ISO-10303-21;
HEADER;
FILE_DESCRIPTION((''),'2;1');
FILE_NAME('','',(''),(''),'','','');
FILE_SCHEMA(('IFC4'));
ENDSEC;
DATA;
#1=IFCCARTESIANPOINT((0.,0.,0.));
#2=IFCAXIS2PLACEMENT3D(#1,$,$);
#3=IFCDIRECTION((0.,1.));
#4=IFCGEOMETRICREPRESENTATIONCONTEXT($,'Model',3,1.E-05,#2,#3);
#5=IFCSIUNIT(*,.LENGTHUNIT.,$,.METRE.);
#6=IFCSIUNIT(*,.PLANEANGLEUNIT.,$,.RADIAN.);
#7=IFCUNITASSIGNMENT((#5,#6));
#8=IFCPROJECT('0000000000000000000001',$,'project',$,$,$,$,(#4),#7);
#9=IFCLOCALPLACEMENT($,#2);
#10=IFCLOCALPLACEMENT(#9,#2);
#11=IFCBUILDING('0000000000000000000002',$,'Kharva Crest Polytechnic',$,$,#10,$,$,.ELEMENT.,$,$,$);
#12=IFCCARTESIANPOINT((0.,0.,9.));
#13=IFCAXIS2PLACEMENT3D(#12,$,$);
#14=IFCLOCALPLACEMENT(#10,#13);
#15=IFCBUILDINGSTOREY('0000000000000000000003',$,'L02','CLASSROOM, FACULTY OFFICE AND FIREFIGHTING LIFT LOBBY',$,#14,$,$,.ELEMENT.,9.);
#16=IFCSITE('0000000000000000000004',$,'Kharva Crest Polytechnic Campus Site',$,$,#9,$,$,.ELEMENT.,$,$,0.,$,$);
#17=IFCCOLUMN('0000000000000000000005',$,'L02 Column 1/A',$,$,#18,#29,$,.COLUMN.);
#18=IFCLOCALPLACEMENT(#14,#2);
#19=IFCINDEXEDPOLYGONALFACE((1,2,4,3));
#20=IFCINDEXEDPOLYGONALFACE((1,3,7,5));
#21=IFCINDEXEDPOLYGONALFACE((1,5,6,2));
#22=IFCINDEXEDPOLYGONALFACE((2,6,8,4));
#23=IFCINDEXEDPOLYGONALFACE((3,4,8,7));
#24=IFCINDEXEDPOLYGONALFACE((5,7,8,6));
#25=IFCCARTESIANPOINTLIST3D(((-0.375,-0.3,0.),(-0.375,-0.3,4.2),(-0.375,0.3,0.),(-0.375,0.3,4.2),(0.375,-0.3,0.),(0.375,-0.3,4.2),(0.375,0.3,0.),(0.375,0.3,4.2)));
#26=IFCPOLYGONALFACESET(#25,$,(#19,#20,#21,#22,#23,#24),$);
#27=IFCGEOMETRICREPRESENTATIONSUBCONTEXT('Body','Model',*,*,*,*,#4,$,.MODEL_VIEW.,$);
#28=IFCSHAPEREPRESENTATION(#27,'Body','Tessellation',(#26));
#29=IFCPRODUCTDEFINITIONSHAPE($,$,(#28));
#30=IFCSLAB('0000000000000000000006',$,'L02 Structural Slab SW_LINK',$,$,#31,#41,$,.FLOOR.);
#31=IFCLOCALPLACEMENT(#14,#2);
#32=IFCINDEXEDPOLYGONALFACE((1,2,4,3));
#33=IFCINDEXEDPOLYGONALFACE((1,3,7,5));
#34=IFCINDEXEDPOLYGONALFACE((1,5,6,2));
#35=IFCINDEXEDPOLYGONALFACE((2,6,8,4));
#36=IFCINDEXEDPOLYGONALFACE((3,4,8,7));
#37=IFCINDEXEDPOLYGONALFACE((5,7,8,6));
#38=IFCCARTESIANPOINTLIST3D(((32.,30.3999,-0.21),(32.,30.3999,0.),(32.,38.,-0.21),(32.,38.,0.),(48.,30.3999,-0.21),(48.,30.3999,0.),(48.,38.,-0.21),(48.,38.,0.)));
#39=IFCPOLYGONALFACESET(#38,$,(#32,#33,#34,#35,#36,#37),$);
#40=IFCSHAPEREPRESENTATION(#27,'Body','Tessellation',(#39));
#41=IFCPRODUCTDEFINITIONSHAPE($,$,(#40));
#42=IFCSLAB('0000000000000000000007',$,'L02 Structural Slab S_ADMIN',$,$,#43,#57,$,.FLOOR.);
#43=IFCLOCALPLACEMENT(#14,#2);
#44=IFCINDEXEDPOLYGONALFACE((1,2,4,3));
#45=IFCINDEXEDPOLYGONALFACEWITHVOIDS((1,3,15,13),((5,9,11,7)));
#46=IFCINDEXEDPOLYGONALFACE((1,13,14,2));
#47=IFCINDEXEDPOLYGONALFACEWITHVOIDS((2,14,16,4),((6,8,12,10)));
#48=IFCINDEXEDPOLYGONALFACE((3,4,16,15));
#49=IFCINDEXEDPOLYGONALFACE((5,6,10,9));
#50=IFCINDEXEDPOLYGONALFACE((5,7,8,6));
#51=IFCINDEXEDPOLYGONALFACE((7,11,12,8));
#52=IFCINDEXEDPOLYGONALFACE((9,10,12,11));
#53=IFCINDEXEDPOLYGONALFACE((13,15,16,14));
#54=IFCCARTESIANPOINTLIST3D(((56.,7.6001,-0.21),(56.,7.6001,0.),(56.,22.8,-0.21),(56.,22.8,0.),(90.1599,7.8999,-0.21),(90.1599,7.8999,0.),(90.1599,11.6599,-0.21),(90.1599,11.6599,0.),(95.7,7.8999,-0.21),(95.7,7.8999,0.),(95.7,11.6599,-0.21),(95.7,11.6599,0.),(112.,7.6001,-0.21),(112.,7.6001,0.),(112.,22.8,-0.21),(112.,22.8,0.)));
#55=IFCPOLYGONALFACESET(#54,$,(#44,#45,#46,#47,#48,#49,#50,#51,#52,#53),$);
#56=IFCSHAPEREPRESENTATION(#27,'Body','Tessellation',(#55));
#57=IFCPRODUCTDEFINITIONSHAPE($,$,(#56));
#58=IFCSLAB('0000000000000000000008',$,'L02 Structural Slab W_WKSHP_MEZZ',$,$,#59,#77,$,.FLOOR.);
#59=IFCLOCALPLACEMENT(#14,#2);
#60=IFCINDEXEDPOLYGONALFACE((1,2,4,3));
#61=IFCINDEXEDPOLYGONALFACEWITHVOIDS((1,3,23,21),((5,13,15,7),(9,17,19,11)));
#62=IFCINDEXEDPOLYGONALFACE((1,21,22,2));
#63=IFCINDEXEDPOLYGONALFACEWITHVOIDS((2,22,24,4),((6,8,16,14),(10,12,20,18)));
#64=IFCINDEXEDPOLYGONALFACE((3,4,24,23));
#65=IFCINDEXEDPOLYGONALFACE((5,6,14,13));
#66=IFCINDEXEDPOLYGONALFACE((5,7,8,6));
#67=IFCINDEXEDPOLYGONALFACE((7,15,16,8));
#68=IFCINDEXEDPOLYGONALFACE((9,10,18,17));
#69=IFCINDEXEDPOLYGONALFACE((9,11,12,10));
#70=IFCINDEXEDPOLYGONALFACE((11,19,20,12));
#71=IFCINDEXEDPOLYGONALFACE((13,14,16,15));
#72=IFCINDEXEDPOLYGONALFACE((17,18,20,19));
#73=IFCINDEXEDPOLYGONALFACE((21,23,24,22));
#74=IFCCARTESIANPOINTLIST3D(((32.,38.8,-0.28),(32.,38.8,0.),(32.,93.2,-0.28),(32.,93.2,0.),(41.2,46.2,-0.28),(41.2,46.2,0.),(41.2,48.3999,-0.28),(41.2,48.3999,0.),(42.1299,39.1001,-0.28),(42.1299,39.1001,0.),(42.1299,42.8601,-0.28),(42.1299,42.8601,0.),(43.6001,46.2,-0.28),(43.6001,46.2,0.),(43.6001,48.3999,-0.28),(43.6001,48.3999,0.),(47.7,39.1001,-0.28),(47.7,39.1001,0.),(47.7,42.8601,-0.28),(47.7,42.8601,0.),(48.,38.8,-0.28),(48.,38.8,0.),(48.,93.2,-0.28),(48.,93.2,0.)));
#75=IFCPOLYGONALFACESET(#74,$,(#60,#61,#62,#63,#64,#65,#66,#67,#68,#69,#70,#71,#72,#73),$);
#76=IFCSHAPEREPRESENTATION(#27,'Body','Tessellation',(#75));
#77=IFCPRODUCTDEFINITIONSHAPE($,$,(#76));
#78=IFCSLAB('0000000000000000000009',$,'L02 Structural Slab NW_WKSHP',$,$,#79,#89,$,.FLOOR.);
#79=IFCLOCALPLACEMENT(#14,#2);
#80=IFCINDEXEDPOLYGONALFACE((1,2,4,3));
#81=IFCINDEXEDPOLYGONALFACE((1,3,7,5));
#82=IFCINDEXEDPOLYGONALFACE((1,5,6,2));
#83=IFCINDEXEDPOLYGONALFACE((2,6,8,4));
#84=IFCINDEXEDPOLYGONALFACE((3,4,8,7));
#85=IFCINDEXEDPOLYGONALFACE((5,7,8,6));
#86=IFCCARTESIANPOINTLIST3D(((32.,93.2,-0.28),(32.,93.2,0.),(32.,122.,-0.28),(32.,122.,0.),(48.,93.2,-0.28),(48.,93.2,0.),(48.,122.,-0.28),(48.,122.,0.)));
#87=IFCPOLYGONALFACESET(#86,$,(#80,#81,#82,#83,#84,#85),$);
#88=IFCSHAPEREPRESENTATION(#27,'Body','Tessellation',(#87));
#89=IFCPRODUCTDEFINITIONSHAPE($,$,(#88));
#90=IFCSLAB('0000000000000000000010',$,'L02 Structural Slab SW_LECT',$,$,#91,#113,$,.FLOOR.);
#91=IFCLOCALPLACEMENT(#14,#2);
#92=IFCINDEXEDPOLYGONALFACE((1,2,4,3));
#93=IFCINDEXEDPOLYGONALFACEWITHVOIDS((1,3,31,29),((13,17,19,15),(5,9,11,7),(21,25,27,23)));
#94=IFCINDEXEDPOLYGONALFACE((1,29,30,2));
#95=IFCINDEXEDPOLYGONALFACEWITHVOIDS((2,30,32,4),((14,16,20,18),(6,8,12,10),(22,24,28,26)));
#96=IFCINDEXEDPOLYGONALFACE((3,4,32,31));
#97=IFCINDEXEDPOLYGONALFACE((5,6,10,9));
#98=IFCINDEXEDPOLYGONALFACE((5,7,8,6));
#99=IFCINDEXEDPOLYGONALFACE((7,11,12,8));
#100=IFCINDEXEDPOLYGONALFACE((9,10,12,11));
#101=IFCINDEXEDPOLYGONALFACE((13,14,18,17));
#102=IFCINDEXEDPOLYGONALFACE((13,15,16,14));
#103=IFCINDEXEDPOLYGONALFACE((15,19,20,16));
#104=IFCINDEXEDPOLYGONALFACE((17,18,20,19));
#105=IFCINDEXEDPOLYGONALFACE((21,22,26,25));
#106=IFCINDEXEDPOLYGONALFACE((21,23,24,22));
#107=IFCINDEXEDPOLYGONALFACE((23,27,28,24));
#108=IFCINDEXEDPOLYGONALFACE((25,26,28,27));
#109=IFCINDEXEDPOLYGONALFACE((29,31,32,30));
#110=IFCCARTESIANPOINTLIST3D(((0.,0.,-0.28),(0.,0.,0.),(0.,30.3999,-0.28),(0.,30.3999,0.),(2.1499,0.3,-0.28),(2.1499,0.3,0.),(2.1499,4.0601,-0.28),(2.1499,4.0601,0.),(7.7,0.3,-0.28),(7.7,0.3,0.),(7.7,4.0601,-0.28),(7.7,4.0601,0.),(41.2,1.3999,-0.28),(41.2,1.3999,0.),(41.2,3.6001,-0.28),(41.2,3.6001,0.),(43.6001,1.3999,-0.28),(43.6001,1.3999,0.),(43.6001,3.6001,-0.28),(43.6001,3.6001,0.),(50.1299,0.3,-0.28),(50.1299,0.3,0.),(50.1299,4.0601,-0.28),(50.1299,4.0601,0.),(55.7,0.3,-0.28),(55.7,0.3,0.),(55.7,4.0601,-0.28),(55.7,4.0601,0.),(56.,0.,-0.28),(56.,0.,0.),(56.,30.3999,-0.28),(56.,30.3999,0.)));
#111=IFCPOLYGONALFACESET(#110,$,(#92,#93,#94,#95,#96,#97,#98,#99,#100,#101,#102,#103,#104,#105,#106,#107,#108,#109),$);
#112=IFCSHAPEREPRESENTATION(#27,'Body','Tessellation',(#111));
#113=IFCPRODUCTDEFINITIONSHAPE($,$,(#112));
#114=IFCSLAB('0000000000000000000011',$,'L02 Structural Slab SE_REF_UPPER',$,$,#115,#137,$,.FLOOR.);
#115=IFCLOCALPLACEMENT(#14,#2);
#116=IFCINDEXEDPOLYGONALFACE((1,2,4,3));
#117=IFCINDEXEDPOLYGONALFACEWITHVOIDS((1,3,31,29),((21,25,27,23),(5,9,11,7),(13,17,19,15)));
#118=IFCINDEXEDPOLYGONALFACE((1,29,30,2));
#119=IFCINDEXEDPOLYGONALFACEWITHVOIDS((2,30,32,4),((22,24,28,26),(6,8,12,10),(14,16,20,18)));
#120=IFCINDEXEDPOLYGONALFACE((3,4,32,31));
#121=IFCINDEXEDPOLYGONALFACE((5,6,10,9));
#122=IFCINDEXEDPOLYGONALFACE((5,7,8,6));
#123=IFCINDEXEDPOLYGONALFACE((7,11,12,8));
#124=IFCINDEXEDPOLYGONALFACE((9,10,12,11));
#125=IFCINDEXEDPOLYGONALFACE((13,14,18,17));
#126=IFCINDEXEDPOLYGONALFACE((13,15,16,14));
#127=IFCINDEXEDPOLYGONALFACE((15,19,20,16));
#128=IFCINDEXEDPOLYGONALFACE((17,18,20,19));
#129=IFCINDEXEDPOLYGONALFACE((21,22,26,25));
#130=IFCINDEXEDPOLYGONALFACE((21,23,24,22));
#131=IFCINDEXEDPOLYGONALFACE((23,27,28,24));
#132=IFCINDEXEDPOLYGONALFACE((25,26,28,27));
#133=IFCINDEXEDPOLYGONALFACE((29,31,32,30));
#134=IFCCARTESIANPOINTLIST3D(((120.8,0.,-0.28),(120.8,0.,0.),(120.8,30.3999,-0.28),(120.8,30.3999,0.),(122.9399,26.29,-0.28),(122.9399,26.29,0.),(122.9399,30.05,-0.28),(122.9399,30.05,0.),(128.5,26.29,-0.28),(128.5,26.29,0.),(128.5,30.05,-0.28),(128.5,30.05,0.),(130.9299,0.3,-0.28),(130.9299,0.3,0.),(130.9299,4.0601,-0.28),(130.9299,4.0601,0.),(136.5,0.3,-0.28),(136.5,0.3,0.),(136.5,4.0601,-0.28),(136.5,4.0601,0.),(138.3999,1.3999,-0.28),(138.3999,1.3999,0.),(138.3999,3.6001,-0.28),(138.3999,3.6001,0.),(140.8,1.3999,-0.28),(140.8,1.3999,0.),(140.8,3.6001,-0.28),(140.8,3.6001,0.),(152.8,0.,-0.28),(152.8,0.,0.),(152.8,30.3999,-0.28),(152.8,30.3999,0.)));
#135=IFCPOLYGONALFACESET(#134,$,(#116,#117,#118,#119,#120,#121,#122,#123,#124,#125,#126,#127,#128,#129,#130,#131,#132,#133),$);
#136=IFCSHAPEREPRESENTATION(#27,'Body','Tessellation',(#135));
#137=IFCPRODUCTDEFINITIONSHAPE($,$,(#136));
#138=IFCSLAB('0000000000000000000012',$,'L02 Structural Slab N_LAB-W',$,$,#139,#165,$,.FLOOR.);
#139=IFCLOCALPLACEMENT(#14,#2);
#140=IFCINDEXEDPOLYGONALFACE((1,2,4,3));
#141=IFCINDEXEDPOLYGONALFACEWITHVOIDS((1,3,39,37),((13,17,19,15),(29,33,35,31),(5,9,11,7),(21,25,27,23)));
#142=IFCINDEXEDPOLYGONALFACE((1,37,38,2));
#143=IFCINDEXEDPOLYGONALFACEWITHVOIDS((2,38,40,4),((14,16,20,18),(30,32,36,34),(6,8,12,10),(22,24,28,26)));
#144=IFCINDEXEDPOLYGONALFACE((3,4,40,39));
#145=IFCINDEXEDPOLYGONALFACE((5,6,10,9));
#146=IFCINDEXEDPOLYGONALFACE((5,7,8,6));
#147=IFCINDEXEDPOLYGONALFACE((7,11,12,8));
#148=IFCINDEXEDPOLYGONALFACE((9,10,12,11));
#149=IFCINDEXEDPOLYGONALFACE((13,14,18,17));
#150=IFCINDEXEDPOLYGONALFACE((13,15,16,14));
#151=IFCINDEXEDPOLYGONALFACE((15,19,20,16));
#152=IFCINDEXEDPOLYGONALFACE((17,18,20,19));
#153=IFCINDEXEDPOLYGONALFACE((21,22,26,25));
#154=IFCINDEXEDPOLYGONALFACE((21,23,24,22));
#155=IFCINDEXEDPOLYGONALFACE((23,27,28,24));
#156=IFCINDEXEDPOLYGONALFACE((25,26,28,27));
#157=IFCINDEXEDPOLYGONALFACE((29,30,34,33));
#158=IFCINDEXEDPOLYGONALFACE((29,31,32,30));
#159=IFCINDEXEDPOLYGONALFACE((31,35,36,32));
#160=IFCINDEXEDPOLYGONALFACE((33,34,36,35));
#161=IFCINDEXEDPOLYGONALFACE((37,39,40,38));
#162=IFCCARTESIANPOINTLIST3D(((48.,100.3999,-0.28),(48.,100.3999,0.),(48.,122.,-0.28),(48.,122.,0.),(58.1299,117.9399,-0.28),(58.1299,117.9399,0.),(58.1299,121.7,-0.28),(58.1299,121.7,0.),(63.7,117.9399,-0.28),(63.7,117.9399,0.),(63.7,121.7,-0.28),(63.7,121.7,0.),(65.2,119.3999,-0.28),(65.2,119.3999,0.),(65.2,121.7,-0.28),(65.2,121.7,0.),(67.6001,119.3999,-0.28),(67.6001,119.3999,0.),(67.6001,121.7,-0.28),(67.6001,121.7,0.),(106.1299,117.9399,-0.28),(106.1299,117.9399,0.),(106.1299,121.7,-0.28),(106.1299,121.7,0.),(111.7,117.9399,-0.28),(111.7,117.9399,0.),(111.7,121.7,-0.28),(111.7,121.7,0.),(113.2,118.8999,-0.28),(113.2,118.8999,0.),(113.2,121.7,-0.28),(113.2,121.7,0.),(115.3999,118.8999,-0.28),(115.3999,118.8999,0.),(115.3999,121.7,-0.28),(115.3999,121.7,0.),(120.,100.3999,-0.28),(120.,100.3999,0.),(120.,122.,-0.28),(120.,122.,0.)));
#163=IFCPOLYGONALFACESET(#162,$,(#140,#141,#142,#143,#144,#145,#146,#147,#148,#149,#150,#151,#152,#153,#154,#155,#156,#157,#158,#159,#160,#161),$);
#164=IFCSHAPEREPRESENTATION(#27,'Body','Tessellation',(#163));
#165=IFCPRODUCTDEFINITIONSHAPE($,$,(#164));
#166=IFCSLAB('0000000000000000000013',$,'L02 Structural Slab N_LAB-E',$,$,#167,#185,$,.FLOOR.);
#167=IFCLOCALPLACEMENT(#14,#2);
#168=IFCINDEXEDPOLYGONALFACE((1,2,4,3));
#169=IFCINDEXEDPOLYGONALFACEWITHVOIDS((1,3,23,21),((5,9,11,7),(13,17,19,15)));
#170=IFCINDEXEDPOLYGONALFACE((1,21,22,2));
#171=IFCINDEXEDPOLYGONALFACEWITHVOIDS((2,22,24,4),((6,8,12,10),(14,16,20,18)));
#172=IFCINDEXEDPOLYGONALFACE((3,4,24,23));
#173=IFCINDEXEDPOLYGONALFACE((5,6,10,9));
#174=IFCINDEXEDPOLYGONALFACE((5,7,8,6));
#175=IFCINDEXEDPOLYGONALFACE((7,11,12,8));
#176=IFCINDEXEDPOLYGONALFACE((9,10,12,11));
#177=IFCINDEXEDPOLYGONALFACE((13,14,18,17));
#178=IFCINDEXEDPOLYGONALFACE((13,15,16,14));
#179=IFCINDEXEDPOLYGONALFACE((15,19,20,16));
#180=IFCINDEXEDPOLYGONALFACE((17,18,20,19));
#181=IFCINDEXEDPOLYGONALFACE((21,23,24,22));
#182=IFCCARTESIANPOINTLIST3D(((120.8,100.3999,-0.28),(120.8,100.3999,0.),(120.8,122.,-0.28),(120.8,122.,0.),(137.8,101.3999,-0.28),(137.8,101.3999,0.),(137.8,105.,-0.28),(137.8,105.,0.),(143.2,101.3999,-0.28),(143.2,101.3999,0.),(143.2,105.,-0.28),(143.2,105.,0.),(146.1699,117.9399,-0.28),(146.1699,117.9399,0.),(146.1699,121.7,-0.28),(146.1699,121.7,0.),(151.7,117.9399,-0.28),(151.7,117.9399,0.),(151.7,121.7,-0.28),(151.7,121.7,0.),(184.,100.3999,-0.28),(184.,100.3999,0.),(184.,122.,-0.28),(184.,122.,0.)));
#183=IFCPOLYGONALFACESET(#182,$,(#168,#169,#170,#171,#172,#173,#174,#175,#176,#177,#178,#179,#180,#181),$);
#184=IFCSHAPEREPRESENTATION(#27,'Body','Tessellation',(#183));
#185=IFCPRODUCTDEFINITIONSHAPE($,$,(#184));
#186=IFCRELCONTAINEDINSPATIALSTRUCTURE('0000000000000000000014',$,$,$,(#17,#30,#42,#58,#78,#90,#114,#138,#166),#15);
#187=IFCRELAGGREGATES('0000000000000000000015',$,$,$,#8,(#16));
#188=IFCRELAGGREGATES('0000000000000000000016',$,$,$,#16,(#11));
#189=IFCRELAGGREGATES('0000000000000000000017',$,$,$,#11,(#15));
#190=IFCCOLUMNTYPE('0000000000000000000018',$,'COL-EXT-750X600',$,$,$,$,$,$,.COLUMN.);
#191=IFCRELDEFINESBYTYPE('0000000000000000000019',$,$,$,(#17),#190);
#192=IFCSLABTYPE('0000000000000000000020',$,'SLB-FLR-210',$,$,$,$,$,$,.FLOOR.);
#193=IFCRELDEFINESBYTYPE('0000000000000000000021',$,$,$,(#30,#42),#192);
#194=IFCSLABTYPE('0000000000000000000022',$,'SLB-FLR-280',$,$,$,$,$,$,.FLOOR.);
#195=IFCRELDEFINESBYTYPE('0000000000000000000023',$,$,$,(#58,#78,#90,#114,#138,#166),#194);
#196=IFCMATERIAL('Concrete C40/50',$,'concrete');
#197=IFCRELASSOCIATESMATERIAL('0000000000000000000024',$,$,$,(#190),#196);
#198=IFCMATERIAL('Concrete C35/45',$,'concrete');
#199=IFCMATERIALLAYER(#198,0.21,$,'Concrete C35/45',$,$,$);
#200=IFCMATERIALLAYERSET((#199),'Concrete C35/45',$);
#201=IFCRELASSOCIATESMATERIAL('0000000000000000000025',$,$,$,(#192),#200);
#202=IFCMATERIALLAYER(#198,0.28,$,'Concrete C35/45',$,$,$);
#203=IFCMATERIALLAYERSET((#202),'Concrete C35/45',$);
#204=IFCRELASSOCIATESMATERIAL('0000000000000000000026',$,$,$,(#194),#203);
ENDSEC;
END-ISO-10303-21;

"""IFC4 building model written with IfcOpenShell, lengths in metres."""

from ifc_helpers import new_model, si_unit, direction, frame, origin, origin_with_axes, origin_2d, place, context, subcontext, project, spatial, polyline, rectangle, outline, extrude, material, layer, layer_set, material_profile, profile_set, type_object, element, save


model = new_model("IFC4")

# Units and contexts
model_context = context("Model", 3, precision=1e-05, world=origin(), true_north=direction((0.0, 1.0)))
body_context = subcontext(model_context, "Body", "Model", "MODEL_VIEW")
ifc_project = project(units=[si_unit("LENGTHUNIT", "METRE"), si_unit("PLANEANGLEUNIT", "RADIAN")], contexts=[model_context])

# Site, building, storey
site_placement = place(None, origin())
site = spatial("IfcSite", under=ifc_project, at=site_placement, Name="Kharva Crest Polytechnic Campus Site", CompositionType="ELEMENT", RefElevation=0.0)
building_placement = place(site_placement, origin())
building = spatial("IfcBuilding", under=site, at=building_placement, Name="Kharva Crest Polytechnic", CompositionType="ELEMENT")
storey_placement = place(building_placement, frame((0.0, 0.0, 9.0)))
storey = spatial("IfcBuildingStorey", under=building, at=storey_placement, Name="L02", Description="CLASSROOM, FACULTY OFFICE AND FIREFIGHTING LIFT LOBBY", CompositionType="ELEMENT", Elevation=9.0)

# Column
ifc_material_1 = material(Name="Concrete C40/50", Category="concrete")
ifc_material_profile = material_profile(ifc_material_1, rectangle(XDim=0.75, YDim=0.6001, at=origin_2d()), Name="RECT 750 X 600")
ifc_profile_set = profile_set([ifc_material_profile], Name="Concrete C40/50")
column_type = type_object("IfcColumnType", Name="COL-EXT-750X600", PredefinedType="COLUMN", material=ifc_profile_set)
column_placement = place(storey_placement, origin_with_axes())
element("IfcColumn", 1, at=column_placement, inside=storey, type_object=column_type, Name="L02 Column 1/A", PredefinedType="COLUMN", context=body_context, shape_type="SweptSolid", body=[
    extrude(rectangle(XDim=0.75, YDim=0.6001, at=origin_2d()), origin(), (0.0, 0.0, 1.0), 4.2),
])

# Slabs
ifc_material_2 = material(Name="Concrete C35/45", Category="concrete")
ifc_layer_1 = layer(ifc_material_2, 0.21, Name="Concrete C35/45")
ifc_layer_set_1 = layer_set([ifc_layer_1], Name="Concrete C35/45")
slab_type_1 = type_object("IfcSlabType", Name="SLB-FLR-210", PredefinedType="FLOOR", material=ifc_layer_set_1)
slab_1_placement = place(storey_placement, frame((0.0, 0.0, -0.21)))
element("IfcSlab", 2, at=slab_1_placement, inside=storey, type_object=slab_type_1, Name="L02 Structural Slab SW_LINK", PredefinedType="FLOOR", context=body_context, shape_type="SweptSolid", body=[
    extrude(outline(polyline([(32.0, 30.3999), (48.0, 30.3999), (48.0, 38.0), (32.0, 38.0), (32.0, 30.3999)])), origin(), (0.0, 0.0, 1.0), 0.21),
])
slab_2_placement = place(storey_placement, frame((0.0, 0.0, -0.21)))
element("IfcSlab", 3, at=slab_2_placement, inside=storey, type_object=slab_type_1, Name="L02 Structural Slab S_ADMIN", PredefinedType="FLOOR", context=body_context, shape_type="SweptSolid", body=[
    extrude(outline(polyline([(56.0, 7.6001), (112.0, 7.6001), (112.0, 22.8), (56.0, 22.8), (56.0, 7.6001)]), holes=[polyline([(90.1599, 7.8999), (95.7, 7.8999), (95.7, 11.6599), (90.1599, 11.6599), (90.1599, 7.8999)])]), origin(), (0.0, 0.0, 1.0), 0.21),
])
ifc_layer_2 = layer(ifc_material_2, 0.28, Name="Concrete C35/45")
ifc_layer_set_2 = layer_set([ifc_layer_2], Name="Concrete C35/45")
slab_type_2 = type_object("IfcSlabType", Name="SLB-FLR-280", PredefinedType="FLOOR", material=ifc_layer_set_2)
slab_3_placement = place(storey_placement, frame((0.0, 0.0, -0.28)))
element("IfcSlab", 4, at=slab_3_placement, inside=storey, type_object=slab_type_2, Name="L02 Structural Slab W_WKSHP_MEZZ", PredefinedType="FLOOR", context=body_context, shape_type="SweptSolid", body=[
    extrude(outline(polyline([(32.0, 38.8), (48.0, 38.8), (48.0, 93.2), (32.0, 93.2), (32.0, 38.8)]), holes=[polyline([(42.1299, 39.1001), (47.7, 39.1001), (47.7, 42.8601), (42.1299, 42.8601), (42.1299, 39.1001)]), polyline([(41.2, 46.2), (43.6001, 46.2), (43.6001, 48.3999), (41.2, 48.3999), (41.2, 46.2)])]), origin(), (0.0, 0.0, 1.0), 0.28),
])
slab_4_placement = place(storey_placement, frame((0.0, 0.0, -0.28)))
element("IfcSlab", 5, at=slab_4_placement, inside=storey, type_object=slab_type_2, Name="L02 Structural Slab NW_WKSHP", PredefinedType="FLOOR", context=body_context, shape_type="SweptSolid", body=[
    extrude(outline(polyline([(32.0, 93.2), (48.0, 93.2), (48.0, 122.0), (32.0, 122.0), (32.0, 93.2)])), origin(), (0.0, 0.0, 1.0), 0.28),
])
slab_5_placement = place(storey_placement, frame((0.0, 0.0, -0.28)))
element("IfcSlab", 6, at=slab_5_placement, inside=storey, type_object=slab_type_2, Name="L02 Structural Slab SW_LECT", PredefinedType="FLOOR", context=body_context, shape_type="SweptSolid", body=[
    extrude(outline(polyline([(0.0, 0.0), (56.0, 0.0), (56.0, 30.3999), (0.0, 30.3999), (0.0, 0.0)]), holes=[polyline([(50.1299, 0.3), (55.7, 0.3), (55.7, 4.0601), (50.1299, 4.0601), (50.1299, 0.3)]), polyline([(41.2, 1.3999), (43.6001, 1.3999), (43.6001, 3.6001), (41.2, 3.6001), (41.2, 1.3999)]), polyline([(2.1499, 0.3), (7.7, 0.3), (7.7, 4.0601), (2.1499, 4.0601), (2.1499, 0.3)])]), origin(), (0.0, 0.0, 1.0), 0.28),
])
slab_6_placement = place(storey_placement, frame((0.0, 0.0, -0.28)))
element("IfcSlab", 7, at=slab_6_placement, inside=storey, type_object=slab_type_2, Name="L02 Structural Slab SE_REF_UPPER", PredefinedType="FLOOR", context=body_context, shape_type="SweptSolid", body=[
    extrude(outline(polyline([(120.8, 0.0), (152.8, 0.0), (152.8, 30.3999), (120.8, 30.3999), (120.8, 0.0)]), holes=[polyline([(130.9299, 0.3), (136.5, 0.3), (136.5, 4.0601), (130.9299, 4.0601), (130.9299, 0.3)]), polyline([(138.3999, 1.3999), (140.8, 1.3999), (140.8, 3.6001), (138.3999, 3.6001), (138.3999, 1.3999)]), polyline([(122.9399, 26.29), (128.5, 26.29), (128.5, 30.05), (122.9399, 30.05), (122.9399, 26.29)])]), origin(), (0.0, 0.0, 1.0), 0.28),
])
slab_7_placement = place(storey_placement, frame((0.0, 0.0, -0.28)))
element("IfcSlab", 8, at=slab_7_placement, inside=storey, type_object=slab_type_2, Name="L02 Structural Slab N_LAB-W", PredefinedType="FLOOR", context=body_context, shape_type="SweptSolid", body=[
    extrude(outline(polyline([(48.0, 100.3999), (120.0, 100.3999), (120.0, 122.0), (48.0, 122.0), (48.0, 100.3999)]), holes=[polyline([(58.1299, 117.9399), (63.7, 117.9399), (63.7, 121.7), (58.1299, 121.7), (58.1299, 117.9399)]), polyline([(65.2, 119.3999), (67.6001, 119.3999), (67.6001, 121.7), (65.2, 121.7), (65.2, 119.3999)]), polyline([(106.1299, 117.9399), (111.7, 117.9399), (111.7, 121.7), (106.1299, 121.7), (106.1299, 117.9399)]), polyline([(113.2, 118.8999), (115.3999, 118.8999), (115.3999, 121.7), (113.2, 121.7), (113.2, 118.8999)])]), origin(), (0.0, 0.0, 1.0), 0.28),
])
slab_8_placement = place(storey_placement, frame((0.0, 0.0, -0.28)))
element("IfcSlab", 9, at=slab_8_placement, inside=storey, type_object=slab_type_2, Name="L02 Structural Slab N_LAB-E", PredefinedType="FLOOR", context=body_context, shape_type="SweptSolid", body=[
    extrude(outline(polyline([(120.8, 100.3999), (184.0, 100.3999), (184.0, 122.0), (120.8, 122.0), (120.8, 100.3999)]), holes=[polyline([(146.1699, 117.9399), (151.7, 117.9399), (151.7, 121.7), (146.1699, 121.7), (146.1699, 117.9399)]), polyline([(137.8, 101.3999), (143.2, 101.3999), (143.2, 105.0), (137.8, 105.0), (137.8, 101.3999)])]), origin(), (0.0, 0.0, 1.0), 0.28),
])

save(model, "model.ifc")
